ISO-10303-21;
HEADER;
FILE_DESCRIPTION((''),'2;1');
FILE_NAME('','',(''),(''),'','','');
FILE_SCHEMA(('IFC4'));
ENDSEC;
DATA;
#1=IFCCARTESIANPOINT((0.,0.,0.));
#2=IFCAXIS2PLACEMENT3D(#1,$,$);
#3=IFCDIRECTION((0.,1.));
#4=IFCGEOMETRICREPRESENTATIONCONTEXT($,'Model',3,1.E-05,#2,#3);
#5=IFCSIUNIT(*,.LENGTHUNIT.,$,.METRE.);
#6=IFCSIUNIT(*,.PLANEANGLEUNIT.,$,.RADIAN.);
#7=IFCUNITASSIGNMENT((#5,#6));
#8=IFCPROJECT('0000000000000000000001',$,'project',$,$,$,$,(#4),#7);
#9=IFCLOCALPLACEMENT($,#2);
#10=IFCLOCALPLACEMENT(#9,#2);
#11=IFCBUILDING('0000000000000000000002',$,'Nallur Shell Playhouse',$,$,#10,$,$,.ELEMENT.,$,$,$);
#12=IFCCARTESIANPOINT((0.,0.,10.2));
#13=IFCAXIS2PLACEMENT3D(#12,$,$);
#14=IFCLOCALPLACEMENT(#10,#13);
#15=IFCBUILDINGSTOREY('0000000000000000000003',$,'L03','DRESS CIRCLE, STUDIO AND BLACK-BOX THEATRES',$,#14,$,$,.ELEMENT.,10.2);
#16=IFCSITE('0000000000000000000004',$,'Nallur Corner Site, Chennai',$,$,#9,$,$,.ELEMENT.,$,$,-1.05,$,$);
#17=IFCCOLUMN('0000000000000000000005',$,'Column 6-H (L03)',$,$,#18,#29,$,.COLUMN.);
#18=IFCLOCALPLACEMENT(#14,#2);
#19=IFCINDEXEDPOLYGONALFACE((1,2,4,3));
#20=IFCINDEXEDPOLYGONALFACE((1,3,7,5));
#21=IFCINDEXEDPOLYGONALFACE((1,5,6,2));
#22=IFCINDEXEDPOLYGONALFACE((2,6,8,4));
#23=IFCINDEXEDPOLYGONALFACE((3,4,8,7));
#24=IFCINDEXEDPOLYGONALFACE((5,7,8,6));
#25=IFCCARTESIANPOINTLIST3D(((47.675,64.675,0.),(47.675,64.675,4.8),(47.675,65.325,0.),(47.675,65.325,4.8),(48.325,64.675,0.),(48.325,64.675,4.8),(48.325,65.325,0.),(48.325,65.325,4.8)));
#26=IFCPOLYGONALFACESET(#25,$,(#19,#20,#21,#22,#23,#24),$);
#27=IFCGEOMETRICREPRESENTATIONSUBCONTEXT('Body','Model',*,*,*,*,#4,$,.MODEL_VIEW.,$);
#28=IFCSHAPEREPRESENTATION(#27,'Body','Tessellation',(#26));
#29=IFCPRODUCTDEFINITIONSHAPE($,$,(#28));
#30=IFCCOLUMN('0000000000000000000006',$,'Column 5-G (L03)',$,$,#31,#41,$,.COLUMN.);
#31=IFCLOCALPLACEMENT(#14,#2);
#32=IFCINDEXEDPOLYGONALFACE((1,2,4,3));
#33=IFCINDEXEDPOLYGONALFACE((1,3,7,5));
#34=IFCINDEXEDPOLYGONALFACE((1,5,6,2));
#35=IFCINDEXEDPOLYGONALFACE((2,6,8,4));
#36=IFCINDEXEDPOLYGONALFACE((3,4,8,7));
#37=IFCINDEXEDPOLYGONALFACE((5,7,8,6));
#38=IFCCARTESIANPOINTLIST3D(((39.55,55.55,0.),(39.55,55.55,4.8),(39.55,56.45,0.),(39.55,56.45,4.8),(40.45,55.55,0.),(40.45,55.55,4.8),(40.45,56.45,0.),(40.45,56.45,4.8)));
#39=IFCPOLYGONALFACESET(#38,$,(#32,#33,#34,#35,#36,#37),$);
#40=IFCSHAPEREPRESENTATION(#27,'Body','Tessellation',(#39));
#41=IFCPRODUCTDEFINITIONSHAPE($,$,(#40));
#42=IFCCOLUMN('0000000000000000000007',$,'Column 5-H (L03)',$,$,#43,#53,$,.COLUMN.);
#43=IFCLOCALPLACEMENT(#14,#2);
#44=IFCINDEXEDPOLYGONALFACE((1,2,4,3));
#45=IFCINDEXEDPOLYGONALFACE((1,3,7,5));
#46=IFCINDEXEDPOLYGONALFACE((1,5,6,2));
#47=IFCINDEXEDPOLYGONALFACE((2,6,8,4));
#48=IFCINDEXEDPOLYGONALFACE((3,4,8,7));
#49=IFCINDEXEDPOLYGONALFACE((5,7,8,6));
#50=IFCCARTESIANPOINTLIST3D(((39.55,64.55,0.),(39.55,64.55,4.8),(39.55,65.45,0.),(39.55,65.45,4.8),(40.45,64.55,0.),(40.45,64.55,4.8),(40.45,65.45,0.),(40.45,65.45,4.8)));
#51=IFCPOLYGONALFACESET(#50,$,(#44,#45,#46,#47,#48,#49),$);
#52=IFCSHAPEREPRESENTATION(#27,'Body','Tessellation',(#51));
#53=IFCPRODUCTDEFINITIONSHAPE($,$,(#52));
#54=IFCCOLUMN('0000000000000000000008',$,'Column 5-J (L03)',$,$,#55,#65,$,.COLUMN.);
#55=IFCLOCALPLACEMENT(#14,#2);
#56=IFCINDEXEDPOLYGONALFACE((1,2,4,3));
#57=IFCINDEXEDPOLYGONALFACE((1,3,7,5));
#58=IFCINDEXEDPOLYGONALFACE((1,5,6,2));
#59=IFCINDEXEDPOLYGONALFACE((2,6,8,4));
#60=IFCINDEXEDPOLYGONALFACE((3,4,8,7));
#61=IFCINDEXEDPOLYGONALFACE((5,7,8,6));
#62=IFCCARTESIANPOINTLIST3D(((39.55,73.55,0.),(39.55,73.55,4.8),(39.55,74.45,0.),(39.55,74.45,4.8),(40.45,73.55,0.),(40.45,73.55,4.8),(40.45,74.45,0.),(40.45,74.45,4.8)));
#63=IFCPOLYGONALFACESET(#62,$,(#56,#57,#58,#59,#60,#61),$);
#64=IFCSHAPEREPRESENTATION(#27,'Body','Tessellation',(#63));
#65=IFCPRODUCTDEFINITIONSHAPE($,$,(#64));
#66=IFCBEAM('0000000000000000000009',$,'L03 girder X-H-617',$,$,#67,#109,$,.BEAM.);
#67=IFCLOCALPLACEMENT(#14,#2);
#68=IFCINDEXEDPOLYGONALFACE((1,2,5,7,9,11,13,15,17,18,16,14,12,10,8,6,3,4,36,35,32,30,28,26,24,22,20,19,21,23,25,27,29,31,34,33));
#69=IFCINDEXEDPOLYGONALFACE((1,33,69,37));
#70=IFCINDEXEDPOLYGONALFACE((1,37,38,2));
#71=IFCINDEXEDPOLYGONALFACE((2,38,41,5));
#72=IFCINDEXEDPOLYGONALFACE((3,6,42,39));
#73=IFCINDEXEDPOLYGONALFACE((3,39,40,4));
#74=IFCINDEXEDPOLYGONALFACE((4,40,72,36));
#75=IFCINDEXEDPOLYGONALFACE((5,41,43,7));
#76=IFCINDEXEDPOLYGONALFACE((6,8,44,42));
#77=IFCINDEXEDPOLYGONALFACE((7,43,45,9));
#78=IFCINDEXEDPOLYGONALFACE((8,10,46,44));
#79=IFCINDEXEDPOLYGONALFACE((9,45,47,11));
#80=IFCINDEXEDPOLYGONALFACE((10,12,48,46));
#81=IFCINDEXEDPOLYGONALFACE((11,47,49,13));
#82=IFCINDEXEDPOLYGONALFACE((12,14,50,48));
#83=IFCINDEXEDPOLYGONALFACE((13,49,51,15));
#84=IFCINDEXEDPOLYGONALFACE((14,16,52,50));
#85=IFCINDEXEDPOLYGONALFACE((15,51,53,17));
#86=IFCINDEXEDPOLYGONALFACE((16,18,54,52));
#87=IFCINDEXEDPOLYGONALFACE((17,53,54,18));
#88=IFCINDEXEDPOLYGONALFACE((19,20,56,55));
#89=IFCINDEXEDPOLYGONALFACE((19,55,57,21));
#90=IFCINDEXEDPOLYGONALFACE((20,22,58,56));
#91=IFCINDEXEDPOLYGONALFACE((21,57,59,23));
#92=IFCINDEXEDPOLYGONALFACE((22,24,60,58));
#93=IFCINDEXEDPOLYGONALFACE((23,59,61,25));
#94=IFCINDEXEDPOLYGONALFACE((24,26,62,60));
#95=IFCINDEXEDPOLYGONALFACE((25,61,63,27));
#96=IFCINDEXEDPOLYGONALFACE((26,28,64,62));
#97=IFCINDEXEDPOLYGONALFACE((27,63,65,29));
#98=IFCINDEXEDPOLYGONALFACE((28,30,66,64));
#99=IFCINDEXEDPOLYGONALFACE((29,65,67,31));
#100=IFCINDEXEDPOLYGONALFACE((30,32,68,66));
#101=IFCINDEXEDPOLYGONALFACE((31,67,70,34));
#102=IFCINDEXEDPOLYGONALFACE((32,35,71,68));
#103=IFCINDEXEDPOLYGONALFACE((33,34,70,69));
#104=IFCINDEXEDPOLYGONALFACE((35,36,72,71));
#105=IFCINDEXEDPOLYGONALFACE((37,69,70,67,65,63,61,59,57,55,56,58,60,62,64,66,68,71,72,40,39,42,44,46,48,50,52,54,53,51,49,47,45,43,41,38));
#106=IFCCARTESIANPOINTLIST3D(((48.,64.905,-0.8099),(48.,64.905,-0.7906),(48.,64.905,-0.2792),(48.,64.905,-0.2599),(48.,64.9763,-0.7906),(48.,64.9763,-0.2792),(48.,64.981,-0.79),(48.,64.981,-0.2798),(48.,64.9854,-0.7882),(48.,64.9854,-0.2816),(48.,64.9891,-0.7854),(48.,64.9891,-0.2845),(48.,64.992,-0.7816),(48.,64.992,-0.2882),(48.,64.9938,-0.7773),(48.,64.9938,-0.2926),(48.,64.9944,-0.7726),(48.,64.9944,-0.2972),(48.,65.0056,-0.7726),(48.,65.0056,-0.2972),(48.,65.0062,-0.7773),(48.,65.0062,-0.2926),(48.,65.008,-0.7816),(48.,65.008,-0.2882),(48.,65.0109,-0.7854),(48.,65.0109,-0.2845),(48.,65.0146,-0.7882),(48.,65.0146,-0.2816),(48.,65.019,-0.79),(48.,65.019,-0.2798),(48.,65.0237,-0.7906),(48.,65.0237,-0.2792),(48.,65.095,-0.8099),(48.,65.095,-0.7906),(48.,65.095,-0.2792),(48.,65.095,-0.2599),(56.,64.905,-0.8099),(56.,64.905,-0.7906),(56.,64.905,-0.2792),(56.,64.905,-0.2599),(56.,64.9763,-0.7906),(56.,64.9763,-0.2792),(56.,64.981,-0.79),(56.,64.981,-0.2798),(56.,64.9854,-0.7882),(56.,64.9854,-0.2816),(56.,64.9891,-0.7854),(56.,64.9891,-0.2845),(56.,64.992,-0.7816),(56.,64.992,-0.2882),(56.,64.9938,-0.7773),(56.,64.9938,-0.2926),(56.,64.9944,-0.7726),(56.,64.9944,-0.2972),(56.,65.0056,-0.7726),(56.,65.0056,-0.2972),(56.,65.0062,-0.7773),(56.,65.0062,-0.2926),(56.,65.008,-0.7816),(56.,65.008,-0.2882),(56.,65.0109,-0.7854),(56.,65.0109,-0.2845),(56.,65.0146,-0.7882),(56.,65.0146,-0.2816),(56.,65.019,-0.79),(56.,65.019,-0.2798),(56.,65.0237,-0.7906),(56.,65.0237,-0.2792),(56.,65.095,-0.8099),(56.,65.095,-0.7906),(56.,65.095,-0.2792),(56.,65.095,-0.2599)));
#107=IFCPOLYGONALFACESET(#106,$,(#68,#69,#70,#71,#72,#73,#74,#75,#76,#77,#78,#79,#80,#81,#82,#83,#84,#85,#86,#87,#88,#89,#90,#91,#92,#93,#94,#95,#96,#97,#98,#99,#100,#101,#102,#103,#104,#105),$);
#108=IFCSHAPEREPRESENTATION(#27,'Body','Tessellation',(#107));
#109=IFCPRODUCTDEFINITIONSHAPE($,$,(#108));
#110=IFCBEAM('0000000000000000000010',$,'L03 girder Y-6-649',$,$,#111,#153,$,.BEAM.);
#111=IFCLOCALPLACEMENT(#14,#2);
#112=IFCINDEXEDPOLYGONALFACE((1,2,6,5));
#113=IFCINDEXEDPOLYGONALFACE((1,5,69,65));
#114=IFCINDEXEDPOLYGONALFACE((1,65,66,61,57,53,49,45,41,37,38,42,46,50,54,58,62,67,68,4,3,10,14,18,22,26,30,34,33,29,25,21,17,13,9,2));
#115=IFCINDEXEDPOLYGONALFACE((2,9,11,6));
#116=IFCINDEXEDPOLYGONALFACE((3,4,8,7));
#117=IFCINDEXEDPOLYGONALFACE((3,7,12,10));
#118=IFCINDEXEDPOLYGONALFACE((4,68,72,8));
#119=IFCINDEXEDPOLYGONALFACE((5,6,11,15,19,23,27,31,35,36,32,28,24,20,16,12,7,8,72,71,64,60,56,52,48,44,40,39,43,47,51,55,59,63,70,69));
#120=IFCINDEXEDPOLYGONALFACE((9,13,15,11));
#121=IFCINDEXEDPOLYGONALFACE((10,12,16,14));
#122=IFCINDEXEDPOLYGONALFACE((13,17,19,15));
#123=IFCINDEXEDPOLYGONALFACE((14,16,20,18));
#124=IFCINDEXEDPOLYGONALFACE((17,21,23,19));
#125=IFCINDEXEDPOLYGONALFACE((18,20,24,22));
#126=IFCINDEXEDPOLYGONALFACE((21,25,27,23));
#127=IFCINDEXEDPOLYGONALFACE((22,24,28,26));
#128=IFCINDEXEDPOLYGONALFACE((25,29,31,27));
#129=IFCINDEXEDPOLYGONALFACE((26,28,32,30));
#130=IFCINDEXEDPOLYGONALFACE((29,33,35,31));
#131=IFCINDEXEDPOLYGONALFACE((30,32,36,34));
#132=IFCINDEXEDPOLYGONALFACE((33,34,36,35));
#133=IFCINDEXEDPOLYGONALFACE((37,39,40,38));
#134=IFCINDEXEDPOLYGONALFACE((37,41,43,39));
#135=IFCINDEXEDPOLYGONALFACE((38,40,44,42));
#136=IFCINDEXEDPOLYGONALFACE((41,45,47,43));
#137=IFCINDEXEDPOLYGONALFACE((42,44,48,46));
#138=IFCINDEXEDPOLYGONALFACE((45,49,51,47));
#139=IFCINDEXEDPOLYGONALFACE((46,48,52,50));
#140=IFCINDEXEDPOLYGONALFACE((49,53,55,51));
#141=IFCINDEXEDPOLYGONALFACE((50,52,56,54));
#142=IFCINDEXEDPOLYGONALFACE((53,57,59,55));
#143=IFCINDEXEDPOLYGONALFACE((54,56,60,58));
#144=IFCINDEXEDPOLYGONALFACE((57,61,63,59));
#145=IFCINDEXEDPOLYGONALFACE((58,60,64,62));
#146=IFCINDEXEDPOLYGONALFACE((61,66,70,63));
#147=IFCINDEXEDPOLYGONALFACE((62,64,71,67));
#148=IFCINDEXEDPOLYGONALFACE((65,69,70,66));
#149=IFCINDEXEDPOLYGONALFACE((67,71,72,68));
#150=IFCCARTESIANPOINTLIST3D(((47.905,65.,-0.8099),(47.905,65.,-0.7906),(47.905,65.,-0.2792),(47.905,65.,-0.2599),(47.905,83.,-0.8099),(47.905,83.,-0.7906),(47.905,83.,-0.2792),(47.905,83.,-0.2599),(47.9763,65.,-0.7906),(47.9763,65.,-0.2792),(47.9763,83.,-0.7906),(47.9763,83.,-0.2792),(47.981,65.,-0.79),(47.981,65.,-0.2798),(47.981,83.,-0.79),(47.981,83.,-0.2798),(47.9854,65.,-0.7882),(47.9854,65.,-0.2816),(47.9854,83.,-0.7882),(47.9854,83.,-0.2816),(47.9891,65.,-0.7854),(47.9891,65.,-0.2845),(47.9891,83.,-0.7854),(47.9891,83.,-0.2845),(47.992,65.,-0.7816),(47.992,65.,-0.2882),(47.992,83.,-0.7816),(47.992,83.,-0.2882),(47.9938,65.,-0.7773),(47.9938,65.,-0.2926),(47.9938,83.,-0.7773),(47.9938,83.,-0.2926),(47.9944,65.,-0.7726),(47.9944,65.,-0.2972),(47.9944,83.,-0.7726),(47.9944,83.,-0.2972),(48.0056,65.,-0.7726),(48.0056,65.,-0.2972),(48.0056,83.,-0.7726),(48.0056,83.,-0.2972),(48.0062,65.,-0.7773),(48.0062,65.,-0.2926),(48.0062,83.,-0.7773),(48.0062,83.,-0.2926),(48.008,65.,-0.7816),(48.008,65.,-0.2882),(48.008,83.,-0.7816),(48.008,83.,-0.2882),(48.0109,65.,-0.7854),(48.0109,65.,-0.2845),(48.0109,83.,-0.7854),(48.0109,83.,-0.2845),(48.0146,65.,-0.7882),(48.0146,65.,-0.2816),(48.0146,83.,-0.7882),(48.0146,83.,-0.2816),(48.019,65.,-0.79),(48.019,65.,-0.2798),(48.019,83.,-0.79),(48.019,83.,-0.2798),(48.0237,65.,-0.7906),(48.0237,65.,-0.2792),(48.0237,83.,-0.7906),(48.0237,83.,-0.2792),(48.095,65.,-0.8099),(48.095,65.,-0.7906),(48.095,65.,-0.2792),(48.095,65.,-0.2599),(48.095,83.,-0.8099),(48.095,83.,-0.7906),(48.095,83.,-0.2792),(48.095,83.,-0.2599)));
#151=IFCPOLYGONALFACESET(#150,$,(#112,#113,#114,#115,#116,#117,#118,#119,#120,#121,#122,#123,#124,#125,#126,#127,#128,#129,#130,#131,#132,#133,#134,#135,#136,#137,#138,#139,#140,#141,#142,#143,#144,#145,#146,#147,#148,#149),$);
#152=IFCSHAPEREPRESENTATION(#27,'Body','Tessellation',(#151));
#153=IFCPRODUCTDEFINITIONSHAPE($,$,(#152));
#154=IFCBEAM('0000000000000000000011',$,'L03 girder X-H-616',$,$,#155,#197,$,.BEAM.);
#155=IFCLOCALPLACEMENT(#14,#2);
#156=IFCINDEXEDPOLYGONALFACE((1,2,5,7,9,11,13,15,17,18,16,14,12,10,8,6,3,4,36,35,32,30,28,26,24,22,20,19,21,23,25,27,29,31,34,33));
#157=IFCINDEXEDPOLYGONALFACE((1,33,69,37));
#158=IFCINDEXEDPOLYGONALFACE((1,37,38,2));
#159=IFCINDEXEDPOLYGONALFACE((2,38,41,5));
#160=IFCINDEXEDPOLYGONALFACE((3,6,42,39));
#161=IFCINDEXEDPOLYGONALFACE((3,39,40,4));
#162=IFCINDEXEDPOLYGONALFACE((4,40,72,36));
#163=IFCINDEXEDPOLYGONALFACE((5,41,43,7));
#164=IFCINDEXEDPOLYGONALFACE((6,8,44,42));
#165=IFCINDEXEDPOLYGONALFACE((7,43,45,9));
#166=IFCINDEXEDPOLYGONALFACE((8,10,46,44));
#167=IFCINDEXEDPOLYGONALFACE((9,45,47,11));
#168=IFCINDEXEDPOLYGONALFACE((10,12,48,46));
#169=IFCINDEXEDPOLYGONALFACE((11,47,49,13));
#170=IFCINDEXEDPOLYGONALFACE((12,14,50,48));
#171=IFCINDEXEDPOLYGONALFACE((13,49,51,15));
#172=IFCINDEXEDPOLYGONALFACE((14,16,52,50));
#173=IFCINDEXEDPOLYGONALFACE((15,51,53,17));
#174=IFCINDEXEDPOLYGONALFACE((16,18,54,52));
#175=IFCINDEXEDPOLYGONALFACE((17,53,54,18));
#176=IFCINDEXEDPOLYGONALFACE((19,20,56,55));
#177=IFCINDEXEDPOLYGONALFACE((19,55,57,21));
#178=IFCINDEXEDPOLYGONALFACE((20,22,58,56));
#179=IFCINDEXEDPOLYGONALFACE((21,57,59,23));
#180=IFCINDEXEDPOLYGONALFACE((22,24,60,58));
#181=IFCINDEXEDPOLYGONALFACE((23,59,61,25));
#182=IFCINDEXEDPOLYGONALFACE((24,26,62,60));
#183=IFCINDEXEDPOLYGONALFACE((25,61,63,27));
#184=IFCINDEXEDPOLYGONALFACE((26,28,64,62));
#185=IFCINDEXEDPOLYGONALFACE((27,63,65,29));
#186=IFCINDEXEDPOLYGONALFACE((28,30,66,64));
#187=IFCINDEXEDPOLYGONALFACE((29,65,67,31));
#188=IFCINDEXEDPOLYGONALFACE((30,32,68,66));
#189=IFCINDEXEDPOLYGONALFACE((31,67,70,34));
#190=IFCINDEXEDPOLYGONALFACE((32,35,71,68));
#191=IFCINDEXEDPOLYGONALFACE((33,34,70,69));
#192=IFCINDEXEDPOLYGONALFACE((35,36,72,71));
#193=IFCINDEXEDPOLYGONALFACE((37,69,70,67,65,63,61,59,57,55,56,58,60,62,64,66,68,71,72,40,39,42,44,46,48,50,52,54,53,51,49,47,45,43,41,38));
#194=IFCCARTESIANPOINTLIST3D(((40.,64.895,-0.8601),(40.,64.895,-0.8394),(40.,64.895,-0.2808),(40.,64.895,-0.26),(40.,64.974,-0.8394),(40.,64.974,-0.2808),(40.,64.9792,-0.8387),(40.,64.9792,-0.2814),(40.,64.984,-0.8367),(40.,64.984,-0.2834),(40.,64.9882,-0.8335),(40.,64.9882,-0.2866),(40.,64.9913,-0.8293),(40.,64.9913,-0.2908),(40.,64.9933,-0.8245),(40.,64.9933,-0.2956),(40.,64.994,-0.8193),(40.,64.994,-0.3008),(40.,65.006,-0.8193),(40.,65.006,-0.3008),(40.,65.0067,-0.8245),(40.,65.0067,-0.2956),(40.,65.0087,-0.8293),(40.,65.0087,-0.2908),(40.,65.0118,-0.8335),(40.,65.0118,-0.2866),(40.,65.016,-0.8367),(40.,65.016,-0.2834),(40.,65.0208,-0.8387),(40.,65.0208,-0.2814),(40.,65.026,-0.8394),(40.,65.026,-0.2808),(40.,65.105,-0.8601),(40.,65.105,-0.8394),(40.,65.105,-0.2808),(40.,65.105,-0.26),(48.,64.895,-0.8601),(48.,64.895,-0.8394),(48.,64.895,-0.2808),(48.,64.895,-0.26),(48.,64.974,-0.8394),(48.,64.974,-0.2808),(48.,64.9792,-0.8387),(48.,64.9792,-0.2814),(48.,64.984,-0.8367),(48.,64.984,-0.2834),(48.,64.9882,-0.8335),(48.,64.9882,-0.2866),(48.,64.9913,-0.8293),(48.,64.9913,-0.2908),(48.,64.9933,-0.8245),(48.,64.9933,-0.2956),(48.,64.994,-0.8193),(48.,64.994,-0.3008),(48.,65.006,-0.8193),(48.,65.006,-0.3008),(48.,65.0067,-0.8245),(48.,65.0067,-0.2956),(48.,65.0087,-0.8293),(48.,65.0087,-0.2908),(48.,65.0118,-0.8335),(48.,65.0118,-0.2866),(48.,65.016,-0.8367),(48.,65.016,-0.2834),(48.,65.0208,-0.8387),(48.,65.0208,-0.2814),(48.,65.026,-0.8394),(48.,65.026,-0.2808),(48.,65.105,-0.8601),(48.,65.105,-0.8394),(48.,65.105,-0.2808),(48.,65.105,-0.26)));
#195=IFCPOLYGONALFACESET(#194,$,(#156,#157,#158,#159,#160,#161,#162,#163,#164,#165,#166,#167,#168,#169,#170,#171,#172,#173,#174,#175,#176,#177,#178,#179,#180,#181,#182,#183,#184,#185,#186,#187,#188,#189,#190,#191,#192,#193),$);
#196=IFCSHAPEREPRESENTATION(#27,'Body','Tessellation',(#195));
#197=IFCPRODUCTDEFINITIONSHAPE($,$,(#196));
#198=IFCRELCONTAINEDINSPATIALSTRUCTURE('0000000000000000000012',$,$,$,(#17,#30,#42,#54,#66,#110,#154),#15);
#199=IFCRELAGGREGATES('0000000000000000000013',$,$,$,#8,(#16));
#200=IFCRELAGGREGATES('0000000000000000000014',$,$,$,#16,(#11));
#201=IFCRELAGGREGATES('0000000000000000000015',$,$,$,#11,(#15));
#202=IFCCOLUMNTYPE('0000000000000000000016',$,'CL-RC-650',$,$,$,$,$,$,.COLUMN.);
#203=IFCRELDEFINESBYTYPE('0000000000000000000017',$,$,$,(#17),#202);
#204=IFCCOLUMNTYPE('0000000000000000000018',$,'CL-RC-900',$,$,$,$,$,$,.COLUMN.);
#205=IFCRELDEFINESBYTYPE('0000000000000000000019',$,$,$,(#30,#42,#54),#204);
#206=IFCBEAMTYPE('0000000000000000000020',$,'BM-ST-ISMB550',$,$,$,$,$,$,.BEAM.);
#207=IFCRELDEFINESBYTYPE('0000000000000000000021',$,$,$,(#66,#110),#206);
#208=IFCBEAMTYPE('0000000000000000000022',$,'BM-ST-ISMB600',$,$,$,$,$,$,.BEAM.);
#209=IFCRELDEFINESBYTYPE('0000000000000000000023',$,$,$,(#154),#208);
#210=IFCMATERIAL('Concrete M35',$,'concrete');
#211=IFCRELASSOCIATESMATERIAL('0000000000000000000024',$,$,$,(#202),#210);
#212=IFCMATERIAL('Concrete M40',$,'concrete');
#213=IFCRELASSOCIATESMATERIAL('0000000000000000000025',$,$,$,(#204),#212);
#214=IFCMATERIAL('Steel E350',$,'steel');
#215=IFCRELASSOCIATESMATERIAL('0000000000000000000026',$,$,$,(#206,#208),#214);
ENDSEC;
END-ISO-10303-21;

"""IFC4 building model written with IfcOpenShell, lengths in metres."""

from ifc_helpers import new_model, si_unit, direction, frame, origin, origin_2d, place, context, subcontext, project, spatial, rectangle, i_section, extrude, material, material_profile, profile_set, type_object, element, save


model = new_model("IFC4")

# Units and contexts
model_context = context("Model", 3, precision=1e-05, world=origin(), true_north=direction((0.0, 1.0)))
body_context = subcontext(model_context, "Body", "Model", "MODEL_VIEW")
ifc_project = project(units=[si_unit("LENGTHUNIT", "METRE"), si_unit("PLANEANGLEUNIT", "RADIAN")], contexts=[model_context])

# Site, building, storey
site_placement = place(None, origin())
site = spatial("IfcSite", under=ifc_project, at=site_placement, Name="Nallur Corner Site, Chennai", CompositionType="ELEMENT", RefElevation=-1.05)
building_placement = place(site_placement, origin())
building = spatial("IfcBuilding", under=site, at=building_placement, Name="Nallur Shell Playhouse", CompositionType="ELEMENT")
storey_placement = place(building_placement, frame((0.0, 0.0, 10.2)))
storey = spatial("IfcBuildingStorey", under=building, at=storey_placement, Name="L03", Description="DRESS CIRCLE, STUDIO AND BLACK-BOX THEATRES", CompositionType="ELEMENT", Elevation=10.2)

# Columns
ifc_material_1 = material(Name="Concrete M35", Category="concrete")
ifc_material_profile_1 = material_profile(ifc_material_1, rectangle(XDim=0.6499, YDim=0.6499, at=origin_2d()), Name="RC 650x650")
ifc_profile_set_1 = profile_set([ifc_material_profile_1], Name="Concrete M35")
column_type_1 = type_object("IfcColumnType", Name="CL-RC-650", PredefinedType="COLUMN", material=ifc_profile_set_1)
column_placement = place(storey_placement, frame((48.0, 65.0, 0.0), z_axis=(0.0, 0.0, 1.0), x_axis=(1.0, 0.0, 0.0)))
element("IfcColumn", 1, at=column_placement, inside=storey, type_object=column_type_1, Name="Column 6-H (L03)", PredefinedType="COLUMN", context=body_context, shape_type="SweptSolid", body=[
    extrude(rectangle(XDim=0.6499, YDim=0.6499, at=origin_2d()), origin(), (0.0, 0.0, 1.0), 4.8),
])
ifc_material_2 = material(Name="Concrete M40", Category="concrete")
ifc_material_profile_2 = material_profile(ifc_material_2, rectangle(XDim=0.8999, YDim=0.8999, at=origin_2d()), Name="RC 900x900")
ifc_profile_set_2 = profile_set([ifc_material_profile_2], Name="Concrete M40")
column_type_2 = type_object("IfcColumnType", Name="CL-RC-900", PredefinedType="COLUMN", material=ifc_profile_set_2)
for number, where, z_axis, x_axis, name in (
    (2, (40.0, 56.0, 0.0), (0.0, 0.0, 1.0), (1.0, 0.0, 0.0), "Column 5-G (L03)"),
    (3, (40.0, 65.0, 0.0), (0.0, 0.0, 1.0), (1.0, 0.0, 0.0), "Column 5-H (L03)"),
    (4, (40.0, 74.0, 0.0), (0.0, 0.0, 1.0), (1.0, 0.0, 0.0), "Column 5-J (L03)"),
):
    element("IfcColumn", number, at=place(storey_placement, frame(where, z_axis=z_axis, x_axis=x_axis)), inside=storey, type_object=column_type_2, Name=name, PredefinedType="COLUMN", context=body_context, shape_type="SweptSolid", body=[
        extrude(rectangle(XDim=0.8999, YDim=0.8999, at=origin_2d()), origin(), (0.0, 0.0, 1.0), 4.8),
    ])

# Beams
ifc_material_3 = material(Name="Steel E350", Category="steel")
ifc_material_profile_3 = material_profile(ifc_material_3, i_section(OverallWidth=0.1899, OverallDepth=0.55, WebThickness=0.0112, FlangeThickness=0.0193, FilletRadius=0.0181, at=origin_2d()), Name="ISMB 550")
ifc_profile_set_3 = profile_set([ifc_material_profile_3], Name="Steel E350")
beam_type_1 = type_object("IfcBeamType", Name="BM-ST-ISMB550", PredefinedType="BEAM", material=ifc_profile_set_3)
beam_1_placement = place(storey_placement, frame((48.0, 65.0, -0.5349), z_axis=(1.0, 0.0, 0.0), x_axis=(0.0, 1.0, 0.0)))
element("IfcBeam", 5, at=beam_1_placement, inside=storey, type_object=beam_type_1, Name="L03 girder X-H-617", PredefinedType="BEAM", context=body_context, shape_type="SweptSolid", body=[
    extrude(i_section(OverallWidth=0.1899, OverallDepth=0.55, WebThickness=0.0112, FlangeThickness=0.0193, FilletRadius=0.0181, at=origin_2d()), origin(), (0.0, 0.0, 1.0), 8.0),
])
beam_2_placement = place(storey_placement, frame((48.0, 65.0, -0.5349), z_axis=(0.0, 1.0, 0.0), x_axis=(-1.0, 0.0, 0.0)))
element("IfcBeam", 6, at=beam_2_placement, inside=storey, type_object=beam_type_1, Name="L03 girder Y-6-649", PredefinedType="BEAM", context=body_context, shape_type="SweptSolid", body=[
    extrude(i_section(OverallWidth=0.1899, OverallDepth=0.55, WebThickness=0.0112, FlangeThickness=0.0193, FilletRadius=0.0181, at=origin_2d()), origin(), (0.0, 0.0, 1.0), 18.0),
])
ifc_material_profile_4 = material_profile(ifc_material_3, i_section(OverallWidth=0.21, OverallDepth=0.6001, WebThickness=0.012, FlangeThickness=0.0208, FilletRadius=0.02, at=origin_2d()), Name="ISMB 600")
ifc_profile_set_4 = profile_set([ifc_material_profile_4], Name="Steel E350")
beam_type_2 = type_object("IfcBeamType", Name="BM-ST-ISMB600", PredefinedType="BEAM", material=ifc_profile_set_4)
beam_3_placement = place(storey_placement, frame((40.0, 65.0, -0.5601), z_axis=(1.0, 0.0, 0.0), x_axis=(0.0, 1.0, 0.0)))
element("IfcBeam", 7, at=beam_3_placement, inside=storey, type_object=beam_type_2, Name="L03 girder X-H-616", PredefinedType="BEAM", context=body_context, shape_type="SweptSolid", body=[
    extrude(i_section(OverallWidth=0.21, OverallDepth=0.6001, WebThickness=0.012, FlangeThickness=0.0208, FilletRadius=0.02, at=origin_2d()), origin(), (0.0, 0.0, 1.0), 8.0),
])

save(model, "model.ifc")
